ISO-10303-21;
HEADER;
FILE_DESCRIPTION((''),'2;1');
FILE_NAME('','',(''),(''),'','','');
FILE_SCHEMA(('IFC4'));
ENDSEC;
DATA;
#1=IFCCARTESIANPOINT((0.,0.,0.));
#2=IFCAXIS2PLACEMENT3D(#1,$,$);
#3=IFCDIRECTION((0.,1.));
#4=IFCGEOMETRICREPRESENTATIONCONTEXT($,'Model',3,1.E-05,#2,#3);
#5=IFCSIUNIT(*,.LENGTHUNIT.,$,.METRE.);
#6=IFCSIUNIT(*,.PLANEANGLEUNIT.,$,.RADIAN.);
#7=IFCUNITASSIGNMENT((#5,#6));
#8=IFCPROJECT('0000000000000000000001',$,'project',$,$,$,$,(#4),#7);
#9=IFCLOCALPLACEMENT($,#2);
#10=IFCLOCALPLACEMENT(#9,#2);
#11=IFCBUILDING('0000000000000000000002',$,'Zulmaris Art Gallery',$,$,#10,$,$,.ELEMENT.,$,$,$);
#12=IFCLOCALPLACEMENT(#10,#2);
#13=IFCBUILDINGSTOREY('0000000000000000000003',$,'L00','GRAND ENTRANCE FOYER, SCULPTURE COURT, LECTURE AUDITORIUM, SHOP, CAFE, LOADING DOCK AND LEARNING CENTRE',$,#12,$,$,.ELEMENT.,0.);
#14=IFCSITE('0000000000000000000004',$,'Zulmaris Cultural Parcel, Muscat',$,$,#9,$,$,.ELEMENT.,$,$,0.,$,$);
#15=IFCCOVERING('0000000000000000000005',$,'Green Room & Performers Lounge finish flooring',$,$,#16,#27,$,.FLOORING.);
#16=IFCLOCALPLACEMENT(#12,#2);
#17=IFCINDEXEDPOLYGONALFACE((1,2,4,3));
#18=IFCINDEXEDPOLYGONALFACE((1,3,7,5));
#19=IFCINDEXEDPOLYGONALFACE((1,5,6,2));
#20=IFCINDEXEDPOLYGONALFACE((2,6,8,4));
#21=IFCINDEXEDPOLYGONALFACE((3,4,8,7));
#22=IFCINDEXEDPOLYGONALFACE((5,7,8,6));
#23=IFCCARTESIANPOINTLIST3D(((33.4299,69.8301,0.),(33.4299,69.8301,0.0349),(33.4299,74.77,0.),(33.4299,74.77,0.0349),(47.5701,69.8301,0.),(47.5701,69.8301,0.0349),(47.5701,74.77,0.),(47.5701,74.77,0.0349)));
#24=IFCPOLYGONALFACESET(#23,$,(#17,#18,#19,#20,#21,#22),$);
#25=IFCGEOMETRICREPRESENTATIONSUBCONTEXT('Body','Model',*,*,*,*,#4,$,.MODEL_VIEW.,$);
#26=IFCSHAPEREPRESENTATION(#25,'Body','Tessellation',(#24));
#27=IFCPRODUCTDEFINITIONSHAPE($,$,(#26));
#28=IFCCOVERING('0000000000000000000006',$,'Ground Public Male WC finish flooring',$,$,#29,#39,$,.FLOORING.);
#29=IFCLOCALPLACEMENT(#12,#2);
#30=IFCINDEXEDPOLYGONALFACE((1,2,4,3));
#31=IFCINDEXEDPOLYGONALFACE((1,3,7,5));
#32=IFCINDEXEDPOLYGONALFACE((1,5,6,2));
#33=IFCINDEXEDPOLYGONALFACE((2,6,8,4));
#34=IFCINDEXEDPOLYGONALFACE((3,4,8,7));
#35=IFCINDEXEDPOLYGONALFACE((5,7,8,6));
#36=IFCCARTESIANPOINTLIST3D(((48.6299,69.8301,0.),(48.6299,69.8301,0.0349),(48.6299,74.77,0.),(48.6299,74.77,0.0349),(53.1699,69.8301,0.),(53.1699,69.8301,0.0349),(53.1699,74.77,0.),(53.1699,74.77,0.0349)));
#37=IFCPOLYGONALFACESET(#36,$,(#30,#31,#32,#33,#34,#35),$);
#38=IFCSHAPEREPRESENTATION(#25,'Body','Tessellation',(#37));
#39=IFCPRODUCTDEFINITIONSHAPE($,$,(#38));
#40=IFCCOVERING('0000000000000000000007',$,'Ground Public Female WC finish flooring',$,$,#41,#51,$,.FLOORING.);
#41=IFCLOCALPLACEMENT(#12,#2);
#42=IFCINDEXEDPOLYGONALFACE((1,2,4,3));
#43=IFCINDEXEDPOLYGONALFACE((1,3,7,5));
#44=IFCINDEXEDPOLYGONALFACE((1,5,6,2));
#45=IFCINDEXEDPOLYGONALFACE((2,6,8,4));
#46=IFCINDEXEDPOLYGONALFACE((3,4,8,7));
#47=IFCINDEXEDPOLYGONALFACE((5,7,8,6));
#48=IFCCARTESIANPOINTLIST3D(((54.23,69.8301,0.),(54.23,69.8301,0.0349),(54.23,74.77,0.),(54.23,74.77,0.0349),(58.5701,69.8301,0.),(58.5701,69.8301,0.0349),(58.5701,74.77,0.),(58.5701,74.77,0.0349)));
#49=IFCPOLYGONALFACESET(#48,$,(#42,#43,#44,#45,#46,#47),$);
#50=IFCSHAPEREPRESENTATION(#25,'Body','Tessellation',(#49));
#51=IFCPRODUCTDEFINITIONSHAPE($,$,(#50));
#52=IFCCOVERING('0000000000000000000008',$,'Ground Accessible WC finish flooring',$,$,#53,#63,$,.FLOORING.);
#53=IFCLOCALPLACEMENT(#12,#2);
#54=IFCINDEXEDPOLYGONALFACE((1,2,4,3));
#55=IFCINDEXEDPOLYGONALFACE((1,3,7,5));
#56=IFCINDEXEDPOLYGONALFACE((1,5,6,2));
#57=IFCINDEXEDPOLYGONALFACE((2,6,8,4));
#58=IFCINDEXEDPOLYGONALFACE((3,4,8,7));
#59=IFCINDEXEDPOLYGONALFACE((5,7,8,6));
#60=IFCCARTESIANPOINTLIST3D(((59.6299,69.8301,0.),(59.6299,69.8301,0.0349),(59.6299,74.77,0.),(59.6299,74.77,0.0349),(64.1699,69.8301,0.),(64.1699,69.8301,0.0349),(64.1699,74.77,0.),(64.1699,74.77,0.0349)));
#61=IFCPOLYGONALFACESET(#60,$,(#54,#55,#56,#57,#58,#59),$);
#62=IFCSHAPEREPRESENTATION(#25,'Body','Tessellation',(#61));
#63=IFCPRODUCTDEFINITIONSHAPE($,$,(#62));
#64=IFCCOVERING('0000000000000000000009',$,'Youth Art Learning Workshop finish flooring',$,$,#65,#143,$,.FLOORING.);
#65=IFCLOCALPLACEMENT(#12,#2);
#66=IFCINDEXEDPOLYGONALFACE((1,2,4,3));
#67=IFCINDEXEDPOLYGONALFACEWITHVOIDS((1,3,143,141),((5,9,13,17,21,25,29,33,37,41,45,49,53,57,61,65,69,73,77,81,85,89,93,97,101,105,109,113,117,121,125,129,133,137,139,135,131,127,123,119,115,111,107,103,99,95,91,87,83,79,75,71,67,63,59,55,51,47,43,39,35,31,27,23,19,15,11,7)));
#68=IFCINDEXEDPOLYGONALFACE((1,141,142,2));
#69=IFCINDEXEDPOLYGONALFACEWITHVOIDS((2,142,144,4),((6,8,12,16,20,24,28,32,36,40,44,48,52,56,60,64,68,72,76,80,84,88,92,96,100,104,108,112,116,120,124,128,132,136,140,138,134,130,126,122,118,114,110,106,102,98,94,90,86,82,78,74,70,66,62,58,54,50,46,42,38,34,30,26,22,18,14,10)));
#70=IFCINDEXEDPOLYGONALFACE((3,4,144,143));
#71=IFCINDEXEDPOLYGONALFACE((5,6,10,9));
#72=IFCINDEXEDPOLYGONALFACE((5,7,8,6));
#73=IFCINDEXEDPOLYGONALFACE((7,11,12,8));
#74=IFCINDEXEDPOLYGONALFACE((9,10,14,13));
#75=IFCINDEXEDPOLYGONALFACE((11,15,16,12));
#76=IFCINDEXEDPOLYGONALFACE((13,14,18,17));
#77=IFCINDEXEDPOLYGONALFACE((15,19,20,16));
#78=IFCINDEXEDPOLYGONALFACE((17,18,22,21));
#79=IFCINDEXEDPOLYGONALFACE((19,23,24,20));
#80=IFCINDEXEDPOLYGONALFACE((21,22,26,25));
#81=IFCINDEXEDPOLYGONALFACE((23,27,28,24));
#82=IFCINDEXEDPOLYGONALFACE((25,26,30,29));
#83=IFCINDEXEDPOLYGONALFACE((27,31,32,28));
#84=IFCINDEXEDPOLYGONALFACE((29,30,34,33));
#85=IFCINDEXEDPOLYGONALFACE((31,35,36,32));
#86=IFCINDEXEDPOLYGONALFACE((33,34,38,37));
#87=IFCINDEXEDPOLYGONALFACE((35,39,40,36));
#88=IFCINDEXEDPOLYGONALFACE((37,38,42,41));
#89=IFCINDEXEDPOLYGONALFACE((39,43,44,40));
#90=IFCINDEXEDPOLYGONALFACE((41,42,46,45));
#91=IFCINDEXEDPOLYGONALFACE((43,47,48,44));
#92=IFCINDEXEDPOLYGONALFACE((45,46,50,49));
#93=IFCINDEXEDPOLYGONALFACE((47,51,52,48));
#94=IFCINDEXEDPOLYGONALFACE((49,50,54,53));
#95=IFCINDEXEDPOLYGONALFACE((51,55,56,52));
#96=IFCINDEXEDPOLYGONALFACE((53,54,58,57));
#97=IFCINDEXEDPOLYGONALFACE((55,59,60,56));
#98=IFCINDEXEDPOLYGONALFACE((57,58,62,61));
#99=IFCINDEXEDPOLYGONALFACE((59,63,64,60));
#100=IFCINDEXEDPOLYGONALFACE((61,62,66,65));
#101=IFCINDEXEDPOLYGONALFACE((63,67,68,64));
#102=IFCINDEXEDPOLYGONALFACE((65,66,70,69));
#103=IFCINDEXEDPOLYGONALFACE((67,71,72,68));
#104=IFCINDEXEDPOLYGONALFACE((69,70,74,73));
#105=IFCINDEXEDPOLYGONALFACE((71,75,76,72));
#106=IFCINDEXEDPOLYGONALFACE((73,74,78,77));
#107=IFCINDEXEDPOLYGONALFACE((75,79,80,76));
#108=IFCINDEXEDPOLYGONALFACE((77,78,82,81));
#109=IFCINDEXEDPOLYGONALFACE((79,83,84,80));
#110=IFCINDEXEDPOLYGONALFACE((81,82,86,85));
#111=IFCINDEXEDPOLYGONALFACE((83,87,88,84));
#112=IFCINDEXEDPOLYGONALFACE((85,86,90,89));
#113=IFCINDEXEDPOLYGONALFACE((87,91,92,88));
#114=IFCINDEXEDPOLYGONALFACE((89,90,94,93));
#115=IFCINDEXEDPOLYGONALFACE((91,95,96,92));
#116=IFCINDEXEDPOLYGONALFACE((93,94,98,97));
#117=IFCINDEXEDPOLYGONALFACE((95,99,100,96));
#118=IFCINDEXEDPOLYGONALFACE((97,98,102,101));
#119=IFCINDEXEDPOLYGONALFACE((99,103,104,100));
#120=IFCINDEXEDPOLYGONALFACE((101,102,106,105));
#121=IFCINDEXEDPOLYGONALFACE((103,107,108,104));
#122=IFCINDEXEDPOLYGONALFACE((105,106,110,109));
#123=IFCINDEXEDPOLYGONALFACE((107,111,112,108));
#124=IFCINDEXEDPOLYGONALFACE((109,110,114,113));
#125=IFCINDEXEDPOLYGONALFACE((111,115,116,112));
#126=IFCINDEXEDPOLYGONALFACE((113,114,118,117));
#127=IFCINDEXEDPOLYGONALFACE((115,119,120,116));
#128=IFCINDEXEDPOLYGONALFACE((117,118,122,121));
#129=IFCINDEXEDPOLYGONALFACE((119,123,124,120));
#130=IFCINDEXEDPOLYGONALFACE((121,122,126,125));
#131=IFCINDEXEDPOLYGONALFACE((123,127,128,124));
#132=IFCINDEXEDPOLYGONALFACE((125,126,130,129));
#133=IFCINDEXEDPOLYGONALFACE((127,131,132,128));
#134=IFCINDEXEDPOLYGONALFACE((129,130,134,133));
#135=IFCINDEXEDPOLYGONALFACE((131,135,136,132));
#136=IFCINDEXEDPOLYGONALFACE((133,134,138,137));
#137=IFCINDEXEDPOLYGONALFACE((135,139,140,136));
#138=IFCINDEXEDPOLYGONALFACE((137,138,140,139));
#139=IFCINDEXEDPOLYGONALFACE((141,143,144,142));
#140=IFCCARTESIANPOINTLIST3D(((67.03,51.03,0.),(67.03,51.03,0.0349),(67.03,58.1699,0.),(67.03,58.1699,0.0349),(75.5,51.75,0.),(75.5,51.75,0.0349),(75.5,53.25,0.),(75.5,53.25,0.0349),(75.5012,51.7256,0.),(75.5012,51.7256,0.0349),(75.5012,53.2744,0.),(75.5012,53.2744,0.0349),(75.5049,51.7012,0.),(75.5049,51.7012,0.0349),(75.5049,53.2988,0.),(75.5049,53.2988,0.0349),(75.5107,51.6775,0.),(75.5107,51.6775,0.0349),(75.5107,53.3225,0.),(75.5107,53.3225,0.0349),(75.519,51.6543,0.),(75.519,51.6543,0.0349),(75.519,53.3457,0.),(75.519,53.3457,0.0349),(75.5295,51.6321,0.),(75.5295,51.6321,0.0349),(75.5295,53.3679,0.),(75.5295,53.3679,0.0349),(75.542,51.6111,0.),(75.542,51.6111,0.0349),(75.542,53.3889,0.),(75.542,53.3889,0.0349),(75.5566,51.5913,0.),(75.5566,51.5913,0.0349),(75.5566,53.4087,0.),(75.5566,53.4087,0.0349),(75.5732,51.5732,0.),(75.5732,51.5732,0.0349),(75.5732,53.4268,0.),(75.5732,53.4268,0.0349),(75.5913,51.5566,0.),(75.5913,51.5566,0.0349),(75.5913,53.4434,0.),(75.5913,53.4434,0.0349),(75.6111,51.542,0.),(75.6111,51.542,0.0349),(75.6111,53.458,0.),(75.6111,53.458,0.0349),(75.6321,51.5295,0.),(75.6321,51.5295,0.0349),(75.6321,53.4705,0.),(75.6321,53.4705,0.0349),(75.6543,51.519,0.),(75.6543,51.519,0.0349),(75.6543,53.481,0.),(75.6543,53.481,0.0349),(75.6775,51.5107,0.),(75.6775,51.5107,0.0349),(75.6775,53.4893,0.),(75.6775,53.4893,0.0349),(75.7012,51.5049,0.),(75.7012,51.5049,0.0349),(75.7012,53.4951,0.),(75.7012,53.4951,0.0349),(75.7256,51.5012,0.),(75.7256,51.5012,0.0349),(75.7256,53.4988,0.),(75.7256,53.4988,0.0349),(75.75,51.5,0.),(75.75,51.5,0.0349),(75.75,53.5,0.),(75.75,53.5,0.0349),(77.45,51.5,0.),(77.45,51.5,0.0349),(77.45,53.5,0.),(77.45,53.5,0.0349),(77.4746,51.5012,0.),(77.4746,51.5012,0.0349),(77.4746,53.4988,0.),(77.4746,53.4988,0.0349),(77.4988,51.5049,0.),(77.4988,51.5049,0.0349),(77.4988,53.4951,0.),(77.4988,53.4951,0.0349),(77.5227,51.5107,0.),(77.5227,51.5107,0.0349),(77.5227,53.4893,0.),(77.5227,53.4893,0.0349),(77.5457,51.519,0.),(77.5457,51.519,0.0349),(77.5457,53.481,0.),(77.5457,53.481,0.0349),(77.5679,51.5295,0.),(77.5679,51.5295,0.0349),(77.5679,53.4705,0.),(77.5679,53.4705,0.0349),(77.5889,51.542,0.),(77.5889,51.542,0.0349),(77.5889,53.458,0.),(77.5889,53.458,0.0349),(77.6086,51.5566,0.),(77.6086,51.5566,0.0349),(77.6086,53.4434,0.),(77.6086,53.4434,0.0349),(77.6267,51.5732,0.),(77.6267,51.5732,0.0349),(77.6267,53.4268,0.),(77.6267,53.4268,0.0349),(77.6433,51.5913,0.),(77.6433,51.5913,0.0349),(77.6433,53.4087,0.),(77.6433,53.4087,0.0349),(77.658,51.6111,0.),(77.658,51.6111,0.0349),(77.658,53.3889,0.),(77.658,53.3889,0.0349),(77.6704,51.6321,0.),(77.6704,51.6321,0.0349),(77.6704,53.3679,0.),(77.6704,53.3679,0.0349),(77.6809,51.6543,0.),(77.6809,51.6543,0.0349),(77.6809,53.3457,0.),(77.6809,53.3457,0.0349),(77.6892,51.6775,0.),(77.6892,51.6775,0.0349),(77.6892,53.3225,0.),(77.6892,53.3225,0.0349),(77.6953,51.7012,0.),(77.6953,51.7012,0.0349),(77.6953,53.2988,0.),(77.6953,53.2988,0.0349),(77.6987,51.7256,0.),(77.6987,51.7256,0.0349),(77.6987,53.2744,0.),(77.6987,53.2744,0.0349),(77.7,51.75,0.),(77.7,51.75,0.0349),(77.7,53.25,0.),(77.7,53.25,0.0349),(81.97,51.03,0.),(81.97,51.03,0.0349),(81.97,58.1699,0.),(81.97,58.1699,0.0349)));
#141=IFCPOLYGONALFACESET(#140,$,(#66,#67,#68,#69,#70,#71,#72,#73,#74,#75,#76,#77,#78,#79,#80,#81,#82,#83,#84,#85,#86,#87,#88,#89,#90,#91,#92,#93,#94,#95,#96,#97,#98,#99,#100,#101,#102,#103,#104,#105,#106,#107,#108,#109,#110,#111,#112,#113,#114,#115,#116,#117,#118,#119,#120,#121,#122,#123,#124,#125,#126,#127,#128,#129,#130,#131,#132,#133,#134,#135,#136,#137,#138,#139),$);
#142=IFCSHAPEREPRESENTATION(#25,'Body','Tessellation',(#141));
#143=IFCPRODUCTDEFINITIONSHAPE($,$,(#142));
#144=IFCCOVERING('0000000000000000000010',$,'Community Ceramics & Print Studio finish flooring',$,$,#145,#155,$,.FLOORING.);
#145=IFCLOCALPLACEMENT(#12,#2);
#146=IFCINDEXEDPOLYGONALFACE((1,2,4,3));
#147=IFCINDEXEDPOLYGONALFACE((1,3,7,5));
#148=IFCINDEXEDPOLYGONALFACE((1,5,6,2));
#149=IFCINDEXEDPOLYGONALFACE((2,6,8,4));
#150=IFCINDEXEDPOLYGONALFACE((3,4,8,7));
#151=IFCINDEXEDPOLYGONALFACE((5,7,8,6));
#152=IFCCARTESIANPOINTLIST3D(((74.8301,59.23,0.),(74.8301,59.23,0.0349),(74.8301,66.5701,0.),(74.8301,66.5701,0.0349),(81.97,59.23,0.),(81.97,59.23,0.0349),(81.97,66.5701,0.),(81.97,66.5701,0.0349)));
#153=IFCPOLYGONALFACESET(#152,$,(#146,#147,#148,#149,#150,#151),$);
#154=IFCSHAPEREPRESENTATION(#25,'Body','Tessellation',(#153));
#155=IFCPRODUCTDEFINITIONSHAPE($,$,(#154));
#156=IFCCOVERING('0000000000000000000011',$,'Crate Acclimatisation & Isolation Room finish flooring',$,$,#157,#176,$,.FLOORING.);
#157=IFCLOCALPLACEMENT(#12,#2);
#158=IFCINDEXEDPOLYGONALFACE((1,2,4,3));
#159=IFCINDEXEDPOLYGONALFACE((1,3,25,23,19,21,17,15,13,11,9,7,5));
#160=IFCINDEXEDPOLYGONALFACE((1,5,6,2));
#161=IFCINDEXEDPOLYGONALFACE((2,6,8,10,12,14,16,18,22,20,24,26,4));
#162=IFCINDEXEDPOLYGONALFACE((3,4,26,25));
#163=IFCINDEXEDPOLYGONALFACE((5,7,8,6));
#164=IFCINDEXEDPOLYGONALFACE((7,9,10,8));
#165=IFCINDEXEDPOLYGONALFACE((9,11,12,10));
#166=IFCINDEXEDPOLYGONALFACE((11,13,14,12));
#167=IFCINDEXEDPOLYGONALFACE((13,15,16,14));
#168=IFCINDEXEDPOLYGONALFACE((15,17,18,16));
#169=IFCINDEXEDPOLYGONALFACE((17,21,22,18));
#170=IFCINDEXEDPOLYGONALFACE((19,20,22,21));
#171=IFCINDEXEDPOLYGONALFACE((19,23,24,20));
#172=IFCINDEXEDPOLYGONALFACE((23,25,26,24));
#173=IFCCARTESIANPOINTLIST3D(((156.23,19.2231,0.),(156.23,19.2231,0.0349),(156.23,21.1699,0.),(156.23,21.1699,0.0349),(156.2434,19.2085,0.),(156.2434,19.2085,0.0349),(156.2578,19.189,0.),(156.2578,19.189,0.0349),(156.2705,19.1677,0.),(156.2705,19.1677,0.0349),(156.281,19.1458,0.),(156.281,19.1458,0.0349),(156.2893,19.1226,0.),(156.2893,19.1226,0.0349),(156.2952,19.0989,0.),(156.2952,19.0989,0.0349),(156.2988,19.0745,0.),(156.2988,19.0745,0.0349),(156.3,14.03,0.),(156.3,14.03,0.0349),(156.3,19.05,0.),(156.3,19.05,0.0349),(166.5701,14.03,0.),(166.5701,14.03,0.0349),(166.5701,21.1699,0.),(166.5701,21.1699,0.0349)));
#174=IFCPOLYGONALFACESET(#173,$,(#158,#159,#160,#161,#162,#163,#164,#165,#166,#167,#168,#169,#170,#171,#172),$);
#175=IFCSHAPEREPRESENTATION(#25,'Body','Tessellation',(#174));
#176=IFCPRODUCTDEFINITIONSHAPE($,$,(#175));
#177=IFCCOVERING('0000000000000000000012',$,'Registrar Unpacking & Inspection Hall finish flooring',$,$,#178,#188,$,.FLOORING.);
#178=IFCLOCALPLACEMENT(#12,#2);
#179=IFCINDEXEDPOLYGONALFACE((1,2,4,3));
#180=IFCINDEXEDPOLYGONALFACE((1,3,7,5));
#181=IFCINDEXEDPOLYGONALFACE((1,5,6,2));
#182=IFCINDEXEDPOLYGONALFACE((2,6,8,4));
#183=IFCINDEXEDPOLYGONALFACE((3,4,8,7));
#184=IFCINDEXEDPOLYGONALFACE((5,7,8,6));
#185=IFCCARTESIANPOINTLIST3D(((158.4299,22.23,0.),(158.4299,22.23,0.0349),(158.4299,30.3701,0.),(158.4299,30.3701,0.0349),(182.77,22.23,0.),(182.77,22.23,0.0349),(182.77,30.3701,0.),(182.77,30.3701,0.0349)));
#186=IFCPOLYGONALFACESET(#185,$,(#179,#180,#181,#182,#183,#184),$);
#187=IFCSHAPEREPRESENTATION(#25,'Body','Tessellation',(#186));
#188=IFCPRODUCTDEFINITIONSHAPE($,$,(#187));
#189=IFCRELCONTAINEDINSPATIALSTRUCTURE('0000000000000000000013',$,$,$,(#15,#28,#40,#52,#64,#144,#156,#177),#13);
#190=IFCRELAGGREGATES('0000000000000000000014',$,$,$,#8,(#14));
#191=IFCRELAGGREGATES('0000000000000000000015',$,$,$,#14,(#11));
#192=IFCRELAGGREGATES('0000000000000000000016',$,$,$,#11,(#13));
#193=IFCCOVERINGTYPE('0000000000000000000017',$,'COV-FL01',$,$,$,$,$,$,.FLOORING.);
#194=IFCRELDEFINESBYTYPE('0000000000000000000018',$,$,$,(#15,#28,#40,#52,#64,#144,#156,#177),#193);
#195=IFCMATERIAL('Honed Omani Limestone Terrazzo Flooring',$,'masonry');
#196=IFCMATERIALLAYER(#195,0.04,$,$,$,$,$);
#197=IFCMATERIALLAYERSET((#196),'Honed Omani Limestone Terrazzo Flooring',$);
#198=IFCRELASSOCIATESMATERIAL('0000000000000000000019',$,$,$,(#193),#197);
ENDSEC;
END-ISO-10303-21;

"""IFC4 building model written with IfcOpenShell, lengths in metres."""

from ifc_helpers import new_model, si_unit, direction, origin, place, context, subcontext, project, spatial, polyline, outline, extrude, material, layer, layer_set, type_object, element, save


model = new_model("IFC4")

# Units and contexts
model_context = context("Model", 3, precision=1e-05, world=origin(), true_north=direction((0.0, 1.0)))
body_context = subcontext(model_context, "Body", "Model", "MODEL_VIEW")
ifc_project = project(units=[si_unit("LENGTHUNIT", "METRE"), si_unit("PLANEANGLEUNIT", "RADIAN")], contexts=[model_context])

# Site, building, storey
site_placement = place(None, origin())
site = spatial("IfcSite", under=ifc_project, at=site_placement, Name="Zulmaris Cultural Parcel, Muscat", CompositionType="ELEMENT", RefElevation=0.0)
building_placement = place(site_placement, origin())
building = spatial("IfcBuilding", under=site, at=building_placement, Name="Zulmaris Art Gallery", CompositionType="ELEMENT")
storey_placement = place(building_placement, origin())
storey = spatial("IfcBuildingStorey", under=building, at=storey_placement, Name="L00", Description="GRAND ENTRANCE FOYER, SCULPTURE COURT, LECTURE AUDITORIUM, SHOP, CAFE, LOADING DOCK AND LEARNING CENTRE", CompositionType="ELEMENT", Elevation=0.0)

# Coverings
ifc_material_1 = material(Name="Honed Omani Limestone Terrazzo Flooring", Category="masonry")
ifc_layer_1 = layer(ifc_material_1, 0.04)
ifc_layer_set_1 = layer_set([ifc_layer_1], Name="Honed Omani Limestone Terrazzo Flooring")
covering_type_1 = type_object("IfcCoveringType", Name="COV-FL01", PredefinedType="FLOORING", material=ifc_layer_set_1)
covering_1_placement = place(storey_placement, origin())
element("IfcCovering", 1, at=covering_1_placement, inside=storey, type_object=covering_type_1, Name="Green Room & Performers Lounge finish flooring", PredefinedType="FLOORING", context=body_context, shape_type="SweptSolid", body=[
    extrude(outline(polyline([(47.5701, 69.8301), (33.4299, 69.8301), (33.4299, 74.77), (47.5701, 74.77), (47.5701, 69.8301)])), origin(), (0.0, 0.0, 1.0), 0.0349),
])
covering_2_placement = place(storey_placement, origin())
element("IfcCovering", 2, at=covering_2_placement, inside=storey, type_object=covering_type_1, Name="Ground Public Male WC finish flooring", PredefinedType="FLOORING", context=body_context, shape_type="SweptSolid", body=[
    extrude(outline(polyline([(53.1699, 69.8301), (48.6299, 69.8301), (48.6299, 74.77), (53.1699, 74.77), (53.1699, 69.8301)])), origin(), (0.0, 0.0, 1.0), 0.0349),
])
covering_3_placement = place(storey_placement, origin())
element("IfcCovering", 3, at=covering_3_placement, inside=storey, type_object=covering_type_1, Name="Ground Public Female WC finish flooring", PredefinedType="FLOORING", context=body_context, shape_type="SweptSolid", body=[
    extrude(outline(polyline([(58.5701, 69.8301), (54.23, 69.8301), (54.23, 74.77), (58.5701, 74.77), (58.5701, 69.8301)])), origin(), (0.0, 0.0, 1.0), 0.0349),
])
covering_4_placement = place(storey_placement, origin())
element("IfcCovering", 4, at=covering_4_placement, inside=storey, type_object=covering_type_1, Name="Ground Accessible WC finish flooring", PredefinedType="FLOORING", context=body_context, shape_type="SweptSolid", body=[
    extrude(outline(polyline([(64.1699, 69.8301), (59.6299, 69.8301), (59.6299, 74.77), (64.1699, 74.77), (64.1699, 69.8301)])), origin(), (0.0, 0.0, 1.0), 0.0349),
])
covering_5_placement = place(storey_placement, origin())
element("IfcCovering", 5, at=covering_5_placement, inside=storey, type_object=covering_type_1, Name="Youth Art Learning Workshop finish flooring", PredefinedType="FLOORING", context=body_context, shape_type="SweptSolid", body=[
    extrude(outline(polyline([(81.97, 51.03), (67.03, 51.03), (67.03, 58.1699), (81.97, 58.1699), (81.97, 51.03)]), holes=[polyline([(75.7256, 53.4988), (75.7012, 53.4951), (75.6775, 53.4893), (75.6543, 53.481), (75.6321, 53.4705), (75.6111, 53.458), (75.5913, 53.4434), (75.5732, 53.4268), (75.5566, 53.4087), (75.542, 53.3889), (75.5295, 53.3679), (75.519, 53.3457), (75.5107, 53.3225), (75.5049, 53.2988), (75.5012, 53.2744), (75.5, 53.25), (75.5, 51.75), (75.5012, 51.7256), (75.5049, 51.7012), (75.5107, 51.6775), (75.519, 51.6543), (75.5295, 51.6321), (75.542, 51.6111), (75.5566, 51.5913), (75.5732, 51.5732), (75.5913, 51.5566), (75.6111, 51.542), (75.6321, 51.5295), (75.6543, 51.519), (75.6775, 51.5107), (75.7012, 51.5049), (75.7256, 51.5012), (75.75, 51.5), (77.45, 51.5), (77.4746, 51.5012), (77.4988, 51.5049), (77.5227, 51.5107), (77.5457, 51.519), (77.5679, 51.5295), (77.5889, 51.542), (77.6086, 51.5566), (77.6267, 51.5732), (77.6433, 51.5913), (77.658, 51.6111), (77.6704, 51.6321), (77.6809, 51.6543), (77.6892, 51.6775), (77.6953, 51.7012), (77.6987, 51.7256), (77.7, 51.75), (77.7, 53.25), (77.6987, 53.2744), (77.6953, 53.2988), (77.6892, 53.3225), (77.6809, 53.3457), (77.6704, 53.3679), (77.658, 53.3889), (77.6433, 53.4087), (77.6267, 53.4268), (77.6086, 53.4434), (77.5889, 53.458), (77.5679, 53.4705), (77.5457, 53.481), (77.5227, 53.4893), (77.4988, 53.4951), (77.4746, 53.4988), (77.45, 53.5), (75.75, 53.5), (75.7256, 53.4988)])]), origin(), (0.0, 0.0, 1.0), 0.0349),
])
covering_6_placement = place(storey_placement, origin())
element("IfcCovering", 6, at=covering_6_placement, inside=storey, type_object=covering_type_1, Name="Community Ceramics & Print Studio finish flooring", PredefinedType="FLOORING", context=body_context, shape_type="SweptSolid", body=[
    extrude(outline(polyline([(81.97, 59.23), (74.8301, 59.23), (74.8301, 66.5701), (81.97, 66.5701), (81.97, 59.23)])), origin(), (0.0, 0.0, 1.0), 0.0349),
])
covering_7_placement = place(storey_placement, origin())
element("IfcCovering", 7, at=covering_7_placement, inside=storey, type_object=covering_type_1, Name="Crate Acclimatisation & Isolation Room finish flooring", PredefinedType="FLOORING", context=body_context, shape_type="SweptSolid", body=[
    extrude(outline(polyline([(156.23, 21.1699), (166.5701, 21.1699), (166.5701, 14.03), (156.3, 14.03), (156.3, 19.05), (156.2988, 19.0745), (156.2952, 19.0989), (156.2893, 19.1226), (156.281, 19.1458), (156.2705, 19.1677), (156.2578, 19.189), (156.2434, 19.2085), (156.23, 19.2231), (156.23, 21.1699)])), origin(), (0.0, 0.0, 1.0), 0.0349),
])
covering_8_placement = place(storey_placement, origin())
element("IfcCovering", 8, at=covering_8_placement, inside=storey, type_object=covering_type_1, Name="Registrar Unpacking & Inspection Hall finish flooring", PredefinedType="FLOORING", context=body_context, shape_type="SweptSolid", body=[
    extrude(outline(polyline([(182.77, 22.23), (158.4299, 22.23), (158.4299, 30.3701), (182.77, 30.3701), (182.77, 22.23)])), origin(), (0.0, 0.0, 1.0), 0.0349),
])

save(model, "model.ifc")
